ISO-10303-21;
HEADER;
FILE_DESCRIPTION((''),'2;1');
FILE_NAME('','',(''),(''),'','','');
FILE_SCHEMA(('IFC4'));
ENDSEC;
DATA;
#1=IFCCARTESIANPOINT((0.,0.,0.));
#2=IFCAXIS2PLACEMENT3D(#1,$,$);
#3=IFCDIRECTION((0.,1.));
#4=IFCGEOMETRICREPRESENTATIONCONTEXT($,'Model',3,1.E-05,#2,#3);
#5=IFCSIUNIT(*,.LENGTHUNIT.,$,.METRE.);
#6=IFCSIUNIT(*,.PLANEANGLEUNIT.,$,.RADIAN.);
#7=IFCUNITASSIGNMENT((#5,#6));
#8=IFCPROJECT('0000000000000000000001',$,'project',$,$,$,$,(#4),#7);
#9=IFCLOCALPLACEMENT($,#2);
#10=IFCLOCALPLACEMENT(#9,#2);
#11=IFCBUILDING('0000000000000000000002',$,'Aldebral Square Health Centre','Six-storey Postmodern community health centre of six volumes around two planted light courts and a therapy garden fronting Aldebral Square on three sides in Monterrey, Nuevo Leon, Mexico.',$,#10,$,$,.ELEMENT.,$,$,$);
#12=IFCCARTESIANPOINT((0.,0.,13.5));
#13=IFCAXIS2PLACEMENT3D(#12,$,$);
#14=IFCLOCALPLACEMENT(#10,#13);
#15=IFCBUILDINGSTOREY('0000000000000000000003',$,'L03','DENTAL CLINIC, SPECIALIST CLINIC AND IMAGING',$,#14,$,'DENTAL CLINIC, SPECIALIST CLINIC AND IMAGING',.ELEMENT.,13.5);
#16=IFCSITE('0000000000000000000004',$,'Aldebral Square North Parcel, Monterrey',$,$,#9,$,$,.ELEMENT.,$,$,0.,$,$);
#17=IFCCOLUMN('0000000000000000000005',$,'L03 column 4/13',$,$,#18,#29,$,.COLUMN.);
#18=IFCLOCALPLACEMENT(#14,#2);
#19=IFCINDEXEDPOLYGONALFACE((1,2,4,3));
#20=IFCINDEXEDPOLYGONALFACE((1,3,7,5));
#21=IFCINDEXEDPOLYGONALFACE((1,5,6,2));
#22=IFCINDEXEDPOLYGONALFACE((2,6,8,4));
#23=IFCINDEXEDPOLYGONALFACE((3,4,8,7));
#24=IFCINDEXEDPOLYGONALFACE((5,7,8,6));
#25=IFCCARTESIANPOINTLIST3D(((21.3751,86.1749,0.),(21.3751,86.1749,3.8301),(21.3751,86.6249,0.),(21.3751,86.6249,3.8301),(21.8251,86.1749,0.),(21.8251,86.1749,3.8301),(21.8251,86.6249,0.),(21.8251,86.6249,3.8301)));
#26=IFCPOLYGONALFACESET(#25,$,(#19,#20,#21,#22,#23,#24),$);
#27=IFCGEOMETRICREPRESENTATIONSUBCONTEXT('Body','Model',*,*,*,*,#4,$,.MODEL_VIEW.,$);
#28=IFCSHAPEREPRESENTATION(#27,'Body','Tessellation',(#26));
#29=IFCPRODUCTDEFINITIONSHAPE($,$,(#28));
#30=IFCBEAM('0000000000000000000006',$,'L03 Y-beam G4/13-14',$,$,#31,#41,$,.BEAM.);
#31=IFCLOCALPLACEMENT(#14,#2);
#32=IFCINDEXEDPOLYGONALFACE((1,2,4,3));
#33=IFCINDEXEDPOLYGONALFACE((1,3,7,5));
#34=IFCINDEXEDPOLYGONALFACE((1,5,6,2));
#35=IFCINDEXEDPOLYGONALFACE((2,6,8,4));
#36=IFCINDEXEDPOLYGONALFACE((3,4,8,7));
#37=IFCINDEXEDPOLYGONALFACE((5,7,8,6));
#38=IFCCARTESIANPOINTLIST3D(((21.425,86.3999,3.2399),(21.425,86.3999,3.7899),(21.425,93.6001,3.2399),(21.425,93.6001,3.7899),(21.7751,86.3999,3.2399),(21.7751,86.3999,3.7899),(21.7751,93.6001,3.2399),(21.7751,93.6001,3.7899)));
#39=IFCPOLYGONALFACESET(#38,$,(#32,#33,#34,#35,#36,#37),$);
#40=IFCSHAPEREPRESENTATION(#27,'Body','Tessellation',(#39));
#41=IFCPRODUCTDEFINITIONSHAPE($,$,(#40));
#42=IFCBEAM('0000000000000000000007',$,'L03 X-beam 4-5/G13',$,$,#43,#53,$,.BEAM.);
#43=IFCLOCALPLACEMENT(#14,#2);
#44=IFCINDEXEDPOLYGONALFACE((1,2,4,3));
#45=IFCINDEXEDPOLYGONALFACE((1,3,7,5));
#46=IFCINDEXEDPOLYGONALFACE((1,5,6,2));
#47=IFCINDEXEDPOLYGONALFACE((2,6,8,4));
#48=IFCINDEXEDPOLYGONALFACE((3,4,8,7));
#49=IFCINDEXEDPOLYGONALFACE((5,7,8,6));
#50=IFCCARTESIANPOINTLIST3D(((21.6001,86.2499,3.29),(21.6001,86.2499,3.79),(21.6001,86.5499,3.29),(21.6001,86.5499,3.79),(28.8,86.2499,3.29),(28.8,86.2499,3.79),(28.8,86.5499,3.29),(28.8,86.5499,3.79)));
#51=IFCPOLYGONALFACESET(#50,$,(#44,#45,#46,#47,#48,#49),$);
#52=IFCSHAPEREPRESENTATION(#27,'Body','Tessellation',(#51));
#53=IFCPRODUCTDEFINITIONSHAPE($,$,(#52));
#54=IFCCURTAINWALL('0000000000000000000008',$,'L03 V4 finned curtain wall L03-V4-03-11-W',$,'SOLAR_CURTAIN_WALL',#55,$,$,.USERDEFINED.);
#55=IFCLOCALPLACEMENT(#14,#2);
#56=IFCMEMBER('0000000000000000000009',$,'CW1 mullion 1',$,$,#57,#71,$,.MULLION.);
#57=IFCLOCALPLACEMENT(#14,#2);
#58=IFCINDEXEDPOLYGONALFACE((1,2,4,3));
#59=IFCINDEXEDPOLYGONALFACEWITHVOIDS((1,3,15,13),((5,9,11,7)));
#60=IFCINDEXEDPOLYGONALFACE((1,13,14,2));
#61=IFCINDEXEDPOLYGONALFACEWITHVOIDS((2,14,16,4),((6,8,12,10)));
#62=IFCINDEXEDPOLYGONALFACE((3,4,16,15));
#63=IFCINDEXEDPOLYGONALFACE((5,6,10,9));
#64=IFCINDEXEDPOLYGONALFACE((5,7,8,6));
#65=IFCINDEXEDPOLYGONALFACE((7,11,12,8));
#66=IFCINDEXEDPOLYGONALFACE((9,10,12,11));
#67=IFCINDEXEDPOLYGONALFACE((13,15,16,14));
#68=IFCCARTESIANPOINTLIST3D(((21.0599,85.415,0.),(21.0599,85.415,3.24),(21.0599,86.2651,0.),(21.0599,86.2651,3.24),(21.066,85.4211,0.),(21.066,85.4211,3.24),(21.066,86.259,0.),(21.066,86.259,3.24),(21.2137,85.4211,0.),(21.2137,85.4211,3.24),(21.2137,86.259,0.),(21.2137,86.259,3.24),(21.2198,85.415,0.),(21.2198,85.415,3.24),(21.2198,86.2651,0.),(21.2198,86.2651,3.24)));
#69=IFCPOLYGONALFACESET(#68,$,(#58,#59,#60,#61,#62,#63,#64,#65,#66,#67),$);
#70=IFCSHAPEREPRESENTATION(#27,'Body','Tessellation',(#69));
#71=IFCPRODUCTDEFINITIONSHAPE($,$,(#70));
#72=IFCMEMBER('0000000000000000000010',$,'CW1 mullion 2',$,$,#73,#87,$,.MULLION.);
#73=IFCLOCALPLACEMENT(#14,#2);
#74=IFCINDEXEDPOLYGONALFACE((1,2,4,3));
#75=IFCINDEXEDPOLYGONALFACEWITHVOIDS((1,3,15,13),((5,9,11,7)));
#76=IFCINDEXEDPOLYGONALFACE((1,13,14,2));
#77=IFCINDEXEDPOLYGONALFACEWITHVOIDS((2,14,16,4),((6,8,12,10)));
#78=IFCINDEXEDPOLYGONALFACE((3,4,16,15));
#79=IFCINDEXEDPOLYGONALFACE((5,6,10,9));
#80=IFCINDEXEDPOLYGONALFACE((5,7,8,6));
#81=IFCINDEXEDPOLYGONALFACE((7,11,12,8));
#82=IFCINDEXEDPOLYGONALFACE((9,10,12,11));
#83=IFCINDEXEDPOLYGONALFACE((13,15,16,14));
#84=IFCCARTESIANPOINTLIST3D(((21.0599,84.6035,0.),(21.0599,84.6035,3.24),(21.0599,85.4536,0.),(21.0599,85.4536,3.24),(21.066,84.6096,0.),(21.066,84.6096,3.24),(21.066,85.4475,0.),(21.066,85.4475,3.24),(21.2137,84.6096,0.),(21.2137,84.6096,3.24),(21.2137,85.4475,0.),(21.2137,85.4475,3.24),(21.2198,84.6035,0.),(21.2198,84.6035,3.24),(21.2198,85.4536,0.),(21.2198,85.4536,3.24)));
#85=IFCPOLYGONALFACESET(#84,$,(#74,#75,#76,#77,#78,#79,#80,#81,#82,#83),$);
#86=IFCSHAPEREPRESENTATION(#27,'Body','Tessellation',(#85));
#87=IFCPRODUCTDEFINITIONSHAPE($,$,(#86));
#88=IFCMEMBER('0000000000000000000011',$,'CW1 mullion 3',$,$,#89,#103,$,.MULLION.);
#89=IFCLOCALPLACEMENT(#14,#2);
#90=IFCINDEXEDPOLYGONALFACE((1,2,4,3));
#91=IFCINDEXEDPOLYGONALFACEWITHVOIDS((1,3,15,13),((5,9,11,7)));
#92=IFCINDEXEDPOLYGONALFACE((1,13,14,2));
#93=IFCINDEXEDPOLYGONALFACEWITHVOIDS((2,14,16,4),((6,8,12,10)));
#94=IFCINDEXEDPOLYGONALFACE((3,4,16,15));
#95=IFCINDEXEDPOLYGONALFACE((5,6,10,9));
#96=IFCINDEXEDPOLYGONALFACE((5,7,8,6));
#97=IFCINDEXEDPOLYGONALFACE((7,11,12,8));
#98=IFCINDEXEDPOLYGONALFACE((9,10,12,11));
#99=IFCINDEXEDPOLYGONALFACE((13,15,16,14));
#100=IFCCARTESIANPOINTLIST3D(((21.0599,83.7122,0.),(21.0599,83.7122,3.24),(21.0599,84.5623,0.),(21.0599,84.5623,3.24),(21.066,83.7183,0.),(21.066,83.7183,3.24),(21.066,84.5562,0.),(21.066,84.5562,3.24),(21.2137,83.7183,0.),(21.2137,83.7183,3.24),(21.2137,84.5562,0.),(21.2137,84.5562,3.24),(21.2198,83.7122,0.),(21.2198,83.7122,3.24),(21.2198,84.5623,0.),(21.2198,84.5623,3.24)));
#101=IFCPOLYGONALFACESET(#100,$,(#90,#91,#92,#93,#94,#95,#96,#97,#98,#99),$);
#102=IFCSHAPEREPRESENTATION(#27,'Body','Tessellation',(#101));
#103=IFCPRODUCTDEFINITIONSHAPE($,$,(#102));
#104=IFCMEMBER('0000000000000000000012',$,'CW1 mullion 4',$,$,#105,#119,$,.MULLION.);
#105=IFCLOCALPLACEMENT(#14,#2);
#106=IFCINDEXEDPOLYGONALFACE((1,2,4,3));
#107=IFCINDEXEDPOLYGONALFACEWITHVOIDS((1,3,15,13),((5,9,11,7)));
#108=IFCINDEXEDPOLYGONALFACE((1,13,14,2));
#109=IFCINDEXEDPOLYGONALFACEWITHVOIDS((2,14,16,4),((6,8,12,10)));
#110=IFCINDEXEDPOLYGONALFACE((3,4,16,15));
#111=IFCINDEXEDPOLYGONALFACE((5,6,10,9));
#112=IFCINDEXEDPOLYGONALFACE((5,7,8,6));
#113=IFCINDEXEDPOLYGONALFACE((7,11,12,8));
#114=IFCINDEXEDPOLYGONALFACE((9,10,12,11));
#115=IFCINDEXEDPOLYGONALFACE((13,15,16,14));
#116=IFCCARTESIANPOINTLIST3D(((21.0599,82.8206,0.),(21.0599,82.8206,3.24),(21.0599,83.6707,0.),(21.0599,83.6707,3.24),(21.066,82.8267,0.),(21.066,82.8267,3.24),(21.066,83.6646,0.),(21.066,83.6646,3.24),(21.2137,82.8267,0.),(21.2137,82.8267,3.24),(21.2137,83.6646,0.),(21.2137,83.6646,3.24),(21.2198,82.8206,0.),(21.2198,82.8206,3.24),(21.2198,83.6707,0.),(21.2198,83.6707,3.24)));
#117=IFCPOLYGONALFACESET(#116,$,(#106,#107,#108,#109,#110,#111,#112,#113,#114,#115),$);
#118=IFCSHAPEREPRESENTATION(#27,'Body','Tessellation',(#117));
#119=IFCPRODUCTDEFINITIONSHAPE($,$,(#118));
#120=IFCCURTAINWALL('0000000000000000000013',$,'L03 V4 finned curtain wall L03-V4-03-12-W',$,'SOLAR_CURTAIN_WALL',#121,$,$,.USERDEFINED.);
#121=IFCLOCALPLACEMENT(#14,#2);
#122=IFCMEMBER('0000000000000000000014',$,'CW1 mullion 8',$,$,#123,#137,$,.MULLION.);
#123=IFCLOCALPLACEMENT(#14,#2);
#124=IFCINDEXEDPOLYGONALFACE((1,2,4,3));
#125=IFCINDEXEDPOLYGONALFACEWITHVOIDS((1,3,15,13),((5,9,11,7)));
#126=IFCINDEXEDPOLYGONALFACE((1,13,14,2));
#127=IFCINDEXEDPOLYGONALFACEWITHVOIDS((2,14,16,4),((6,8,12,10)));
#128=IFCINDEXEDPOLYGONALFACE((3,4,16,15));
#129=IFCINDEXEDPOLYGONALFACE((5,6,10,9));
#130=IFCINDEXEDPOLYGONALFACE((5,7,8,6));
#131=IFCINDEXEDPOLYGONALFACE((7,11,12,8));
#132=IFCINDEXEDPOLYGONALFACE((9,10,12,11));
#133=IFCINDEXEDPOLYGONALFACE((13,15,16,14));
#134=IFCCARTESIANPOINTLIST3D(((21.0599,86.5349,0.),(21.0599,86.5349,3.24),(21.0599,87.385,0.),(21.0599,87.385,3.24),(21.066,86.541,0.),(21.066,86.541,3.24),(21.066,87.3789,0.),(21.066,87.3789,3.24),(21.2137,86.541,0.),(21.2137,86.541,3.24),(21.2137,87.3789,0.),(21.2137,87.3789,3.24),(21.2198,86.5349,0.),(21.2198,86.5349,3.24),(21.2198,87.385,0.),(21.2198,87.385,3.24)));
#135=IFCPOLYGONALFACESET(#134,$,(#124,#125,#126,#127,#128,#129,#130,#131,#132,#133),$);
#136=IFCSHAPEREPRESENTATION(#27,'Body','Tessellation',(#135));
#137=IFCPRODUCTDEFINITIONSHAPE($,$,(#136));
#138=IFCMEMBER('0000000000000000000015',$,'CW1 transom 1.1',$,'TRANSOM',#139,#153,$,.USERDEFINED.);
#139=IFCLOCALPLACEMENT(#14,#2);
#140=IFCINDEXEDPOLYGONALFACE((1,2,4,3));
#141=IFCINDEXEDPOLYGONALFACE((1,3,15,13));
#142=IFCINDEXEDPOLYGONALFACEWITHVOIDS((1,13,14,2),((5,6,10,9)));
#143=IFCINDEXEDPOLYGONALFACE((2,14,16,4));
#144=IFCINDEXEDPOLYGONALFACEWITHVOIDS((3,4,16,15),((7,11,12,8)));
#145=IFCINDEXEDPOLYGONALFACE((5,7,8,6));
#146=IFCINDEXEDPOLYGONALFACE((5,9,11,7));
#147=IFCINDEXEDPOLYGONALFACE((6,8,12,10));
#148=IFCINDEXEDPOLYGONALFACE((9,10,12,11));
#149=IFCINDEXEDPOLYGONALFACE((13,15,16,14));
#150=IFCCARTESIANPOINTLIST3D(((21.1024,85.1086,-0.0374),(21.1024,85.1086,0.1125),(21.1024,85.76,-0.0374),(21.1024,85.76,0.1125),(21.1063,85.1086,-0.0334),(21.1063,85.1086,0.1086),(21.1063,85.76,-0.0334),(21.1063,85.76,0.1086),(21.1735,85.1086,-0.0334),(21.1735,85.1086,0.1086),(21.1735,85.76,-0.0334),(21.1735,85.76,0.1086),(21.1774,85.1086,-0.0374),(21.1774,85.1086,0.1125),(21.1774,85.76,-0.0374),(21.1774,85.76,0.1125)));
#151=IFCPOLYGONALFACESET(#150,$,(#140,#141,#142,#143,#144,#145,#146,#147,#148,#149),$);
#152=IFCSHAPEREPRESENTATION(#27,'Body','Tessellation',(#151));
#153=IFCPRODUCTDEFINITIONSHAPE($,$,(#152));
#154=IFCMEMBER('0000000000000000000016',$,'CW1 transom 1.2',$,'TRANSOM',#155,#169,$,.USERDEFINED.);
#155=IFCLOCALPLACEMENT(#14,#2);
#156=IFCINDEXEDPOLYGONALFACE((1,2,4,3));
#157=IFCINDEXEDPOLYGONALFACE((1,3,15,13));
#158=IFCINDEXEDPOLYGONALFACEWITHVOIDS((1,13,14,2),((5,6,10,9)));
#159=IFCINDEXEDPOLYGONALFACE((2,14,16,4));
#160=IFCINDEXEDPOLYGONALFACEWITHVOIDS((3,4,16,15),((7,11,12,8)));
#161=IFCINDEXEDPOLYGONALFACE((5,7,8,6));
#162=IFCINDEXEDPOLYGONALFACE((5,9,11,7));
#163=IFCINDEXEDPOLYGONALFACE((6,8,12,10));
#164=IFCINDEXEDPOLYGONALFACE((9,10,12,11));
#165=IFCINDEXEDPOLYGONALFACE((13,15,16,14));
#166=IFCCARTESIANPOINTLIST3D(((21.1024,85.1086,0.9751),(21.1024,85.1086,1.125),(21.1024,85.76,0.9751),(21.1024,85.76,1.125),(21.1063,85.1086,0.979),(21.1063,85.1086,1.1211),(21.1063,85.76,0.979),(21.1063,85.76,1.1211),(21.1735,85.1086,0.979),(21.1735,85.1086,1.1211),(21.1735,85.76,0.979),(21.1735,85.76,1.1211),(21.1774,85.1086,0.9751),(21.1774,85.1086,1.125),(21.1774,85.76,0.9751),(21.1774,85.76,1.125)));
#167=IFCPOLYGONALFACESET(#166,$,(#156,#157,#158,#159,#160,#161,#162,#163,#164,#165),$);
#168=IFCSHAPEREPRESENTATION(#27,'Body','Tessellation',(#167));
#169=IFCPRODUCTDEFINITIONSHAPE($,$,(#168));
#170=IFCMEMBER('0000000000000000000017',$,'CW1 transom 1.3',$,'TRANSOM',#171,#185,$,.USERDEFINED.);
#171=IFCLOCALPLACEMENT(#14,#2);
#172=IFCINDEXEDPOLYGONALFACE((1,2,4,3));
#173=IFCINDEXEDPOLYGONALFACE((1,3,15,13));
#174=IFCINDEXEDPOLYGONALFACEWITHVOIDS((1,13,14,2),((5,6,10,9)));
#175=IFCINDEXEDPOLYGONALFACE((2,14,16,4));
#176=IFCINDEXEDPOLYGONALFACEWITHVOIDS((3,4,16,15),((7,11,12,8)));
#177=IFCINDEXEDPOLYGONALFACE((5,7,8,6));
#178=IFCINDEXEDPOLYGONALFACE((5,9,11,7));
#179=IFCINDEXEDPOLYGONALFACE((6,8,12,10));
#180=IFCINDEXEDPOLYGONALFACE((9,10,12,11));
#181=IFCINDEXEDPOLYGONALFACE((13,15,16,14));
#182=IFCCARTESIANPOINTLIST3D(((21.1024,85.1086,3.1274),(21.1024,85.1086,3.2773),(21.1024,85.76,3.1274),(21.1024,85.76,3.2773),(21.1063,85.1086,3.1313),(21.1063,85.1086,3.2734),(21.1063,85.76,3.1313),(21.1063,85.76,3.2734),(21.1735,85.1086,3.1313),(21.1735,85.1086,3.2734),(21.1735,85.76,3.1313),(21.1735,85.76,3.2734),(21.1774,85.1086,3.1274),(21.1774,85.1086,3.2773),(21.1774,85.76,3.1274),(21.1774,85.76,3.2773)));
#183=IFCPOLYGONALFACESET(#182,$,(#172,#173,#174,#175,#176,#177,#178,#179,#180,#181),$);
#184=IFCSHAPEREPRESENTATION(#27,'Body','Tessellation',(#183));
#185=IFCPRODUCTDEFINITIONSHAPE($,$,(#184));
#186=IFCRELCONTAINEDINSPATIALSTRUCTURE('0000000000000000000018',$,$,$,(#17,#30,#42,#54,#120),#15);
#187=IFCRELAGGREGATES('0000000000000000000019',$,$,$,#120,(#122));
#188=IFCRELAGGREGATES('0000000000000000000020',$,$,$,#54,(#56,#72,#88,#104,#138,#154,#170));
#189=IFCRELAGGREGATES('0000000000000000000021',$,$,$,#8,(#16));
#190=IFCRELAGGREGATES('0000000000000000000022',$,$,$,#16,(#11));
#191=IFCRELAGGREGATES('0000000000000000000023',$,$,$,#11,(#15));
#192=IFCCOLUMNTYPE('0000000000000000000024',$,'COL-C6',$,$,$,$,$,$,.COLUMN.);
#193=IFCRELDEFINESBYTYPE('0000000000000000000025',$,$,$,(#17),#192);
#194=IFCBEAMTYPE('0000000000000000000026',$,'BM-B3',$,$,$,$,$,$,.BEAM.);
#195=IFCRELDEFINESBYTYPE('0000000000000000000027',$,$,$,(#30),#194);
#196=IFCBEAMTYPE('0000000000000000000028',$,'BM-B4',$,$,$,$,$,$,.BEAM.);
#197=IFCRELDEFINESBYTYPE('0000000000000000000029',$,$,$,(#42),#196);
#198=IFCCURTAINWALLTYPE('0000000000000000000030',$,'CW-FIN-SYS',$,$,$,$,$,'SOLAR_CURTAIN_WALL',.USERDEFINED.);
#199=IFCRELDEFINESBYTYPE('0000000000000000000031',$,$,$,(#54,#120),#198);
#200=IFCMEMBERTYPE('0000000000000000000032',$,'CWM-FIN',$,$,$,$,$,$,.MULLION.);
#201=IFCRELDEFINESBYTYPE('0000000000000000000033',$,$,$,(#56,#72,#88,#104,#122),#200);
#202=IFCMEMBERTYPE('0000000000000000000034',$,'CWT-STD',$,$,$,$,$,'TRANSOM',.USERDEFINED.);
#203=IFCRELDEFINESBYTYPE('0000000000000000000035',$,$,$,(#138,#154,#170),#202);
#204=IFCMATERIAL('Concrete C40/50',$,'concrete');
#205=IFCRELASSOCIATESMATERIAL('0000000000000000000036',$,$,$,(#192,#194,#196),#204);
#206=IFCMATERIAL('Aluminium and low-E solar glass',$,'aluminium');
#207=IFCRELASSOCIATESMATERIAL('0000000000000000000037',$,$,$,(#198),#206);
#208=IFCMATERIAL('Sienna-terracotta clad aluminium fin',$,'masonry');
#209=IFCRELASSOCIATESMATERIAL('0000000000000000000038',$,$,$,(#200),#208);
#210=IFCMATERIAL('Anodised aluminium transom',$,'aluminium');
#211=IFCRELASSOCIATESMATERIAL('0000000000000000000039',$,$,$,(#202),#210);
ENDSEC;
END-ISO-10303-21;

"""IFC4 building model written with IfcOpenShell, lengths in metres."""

from ifc_helpers import new_model, si_unit, direction, frame, origin, origin_2d, place, context, subcontext, project, spatial, rectangle, hollow_rectangle, extrude, material, material_profile, profile_set, type_object, element, aggregate, save


model = new_model("IFC4")

# Units and contexts
model_context = context("Model", 3, precision=1e-05, world=origin(), true_north=direction((0.0, 1.0)))
body_context = subcontext(model_context, "Body", "Model", "MODEL_VIEW")
ifc_project = project(units=[si_unit("LENGTHUNIT", "METRE"), si_unit("PLANEANGLEUNIT", "RADIAN")], contexts=[model_context])

# Site, building, storey
site_placement = place(None, origin())
site = spatial("IfcSite", under=ifc_project, at=site_placement, Name="Aldebral Square North Parcel, Monterrey", CompositionType="ELEMENT", RefElevation=0.0)
building_placement = place(site_placement, origin())
building = spatial("IfcBuilding", under=site, at=building_placement, Name="Aldebral Square Health Centre", Description="Six-storey Postmodern community health centre of six volumes around two planted light courts and a therapy garden fronting Aldebral Square on three sides in Monterrey, Nuevo Leon, Mexico.", CompositionType="ELEMENT")
storey_placement = place(building_placement, frame((0.0, 0.0, 13.5)))
storey = spatial("IfcBuildingStorey", under=building, at=storey_placement, Name="L03", Description="DENTAL CLINIC, SPECIALIST CLINIC AND IMAGING", LongName="DENTAL CLINIC, SPECIALIST CLINIC AND IMAGING", CompositionType="ELEMENT", Elevation=13.5)

# Column
ifc_material_1 = material(Name="Concrete C40/50", Category="concrete")
ifc_material_profile_1 = material_profile(ifc_material_1, rectangle(XDim=0.45, YDim=0.45, at=origin_2d()), Name="RC 450x450")
ifc_profile_set_1 = profile_set([ifc_material_profile_1], Name="Concrete C40/50")
column_type = type_object("IfcColumnType", Name="COL-C6", PredefinedType="COLUMN", material=ifc_profile_set_1)
column_placement = place(storey_placement, frame((21.6001, 86.3999, 0.0), z_axis=(0.0, 0.0, 1.0), x_axis=(1.0, 0.0, 0.0)))
element("IfcColumn", 1, at=column_placement, inside=storey, type_object=column_type, Name="L03 column 4/13", PredefinedType="COLUMN", context=body_context, shape_type="SweptSolid", body=[
    extrude(rectangle(XDim=0.45, YDim=0.45, at=origin_2d()), origin(), (0.0, 0.0, 1.0), 3.8301),
])

# Beams
ifc_material_profile_2 = material_profile(ifc_material_1, rectangle(XDim=0.3501, YDim=0.55, at=origin_2d()), Name="RC 350x550")
ifc_profile_set_2 = profile_set([ifc_material_profile_2], Name="Concrete C40/50")
beam_type_1 = type_object("IfcBeamType", Name="BM-B3", PredefinedType="BEAM", material=ifc_profile_set_2)
beam_1_placement = place(storey_placement, frame((21.6001, 86.3999, 3.5149), z_axis=(0.0, 1.0, 0.0), x_axis=(-1.0, 0.0, 0.0)))
element("IfcBeam", 2, at=beam_1_placement, inside=storey, type_object=beam_type_1, Name="L03 Y-beam G4/13-14", PredefinedType="BEAM", context=body_context, shape_type="SweptSolid", body=[
    extrude(rectangle(XDim=0.3501, YDim=0.55, at=origin_2d()), origin(), (0.0, 0.0, 1.0), 7.2002),
])
ifc_material_profile_3 = material_profile(ifc_material_1, rectangle(XDim=0.3, YDim=0.5, at=origin_2d()), Name="RC 300x500")
ifc_profile_set_3 = profile_set([ifc_material_profile_3], Name="Concrete C40/50")
beam_type_2 = type_object("IfcBeamType", Name="BM-B4", PredefinedType="BEAM", material=ifc_profile_set_3)
beam_2_placement = place(storey_placement, frame((21.6001, 86.3999, 3.54), z_axis=(1.0, 0.0, 0.0), x_axis=(0.0, 1.0, 0.0)))
element("IfcBeam", 3, at=beam_2_placement, inside=storey, type_object=beam_type_2, Name="L03 X-beam 4-5/G13", PredefinedType="BEAM", context=body_context, shape_type="SweptSolid", body=[
    extrude(rectangle(XDim=0.3, YDim=0.5, at=origin_2d()), origin(), (0.0, 0.0, 1.0), 7.2),
])

# Curtain wall, members
ifc_material_2 = material(Name="Aluminium and low-E solar glass", Category="aluminium")
curtain_wall_type = type_object("IfcCurtainWallType", Name="CW-FIN-SYS", ElementType="SOLAR_CURTAIN_WALL", PredefinedType="USERDEFINED", material=ifc_material_2)
curtain_wall_1_placement = place(storey_placement, origin())
curtain_wall_1 = element("IfcCurtainWall", 4, at=curtain_wall_1_placement, inside=storey, type_object=curtain_wall_type, Name="L03 V4 finned curtain wall L03-V4-03-11-W", ObjectType="SOLAR_CURTAIN_WALL", PredefinedType="USERDEFINED")
ifc_material_3 = material(Name="Sienna-terracotta clad aluminium fin", Category="masonry")
ifc_material_profile_4 = material_profile(ifc_material_3, hollow_rectangle(XDim=0.1599, YDim=0.8501, WallThickness=0.0061, at=origin_2d()), Name="FIN 160x850x6")
ifc_profile_set_4 = profile_set([ifc_material_profile_4], Name="Sienna-terracotta clad aluminium fin")
member_type_1 = type_object("IfcMemberType", Name="CWM-FIN", PredefinedType="MULLION", material=ifc_profile_set_4)
member_1_placement = place(storey_placement, frame((21.1399, 85.8401, 0.0), z_axis=(0.0, 0.0, 1.0), x_axis=(1.0, 0.0, 0.0)))
member_1 = element("IfcMember", 5, at=member_1_placement, type_object=member_type_1, Name="CW1 mullion 1", PredefinedType="MULLION", context=body_context, shape_type="SweptSolid", body=[
    extrude(hollow_rectangle(XDim=0.1599, YDim=0.8501, WallThickness=0.0061, at=origin_2d()), origin(), (0.0, 0.0, 1.0), 3.24),
])
member_2_placement = place(storey_placement, frame((21.1399, 85.0286, 0.0), z_axis=(0.0, 0.0, 1.0), x_axis=(1.0, 0.0, 0.0)))
member_2 = element("IfcMember", 6, at=member_2_placement, type_object=member_type_1, Name="CW1 mullion 2", PredefinedType="MULLION", context=body_context, shape_type="SweptSolid", body=[
    extrude(hollow_rectangle(XDim=0.1599, YDim=0.8501, WallThickness=0.0061, at=origin_2d()), origin(), (0.0, 0.0, 1.0), 3.24),
])
member_3_placement = place(storey_placement, frame((21.1399, 84.1372, 0.0), z_axis=(0.0, 0.0, 1.0), x_axis=(1.0, 0.0, 0.0)))
member_3 = element("IfcMember", 7, at=member_3_placement, type_object=member_type_1, Name="CW1 mullion 3", PredefinedType="MULLION", context=body_context, shape_type="SweptSolid", body=[
    extrude(hollow_rectangle(XDim=0.1599, YDim=0.8501, WallThickness=0.0061, at=origin_2d()), origin(), (0.0, 0.0, 1.0), 3.24),
])
member_4_placement = place(storey_placement, frame((21.1399, 83.2456, 0.0), z_axis=(0.0, 0.0, 1.0), x_axis=(1.0, 0.0, 0.0)))
member_4 = element("IfcMember", 8, at=member_4_placement, type_object=member_type_1, Name="CW1 mullion 4", PredefinedType="MULLION", context=body_context, shape_type="SweptSolid", body=[
    extrude(hollow_rectangle(XDim=0.1599, YDim=0.8501, WallThickness=0.0061, at=origin_2d()), origin(), (0.0, 0.0, 1.0), 3.24),
])

# Curtain wall, member
curtain_wall_2_placement = place(storey_placement, origin())
curtain_wall_2 = element("IfcCurtainWall", 9, at=curtain_wall_2_placement, inside=storey, type_object=curtain_wall_type, Name="L03 V4 finned curtain wall L03-V4-03-12-W", ObjectType="SOLAR_CURTAIN_WALL", PredefinedType="USERDEFINED")
member_5_placement = place(storey_placement, frame((21.1399, 86.96, 0.0), z_axis=(0.0, 0.0, 1.0), x_axis=(1.0, 0.0, 0.0)))
member_5 = element("IfcMember", 10, at=member_5_placement, type_object=member_type_1, Name="CW1 mullion 8", PredefinedType="MULLION", context=body_context, shape_type="SweptSolid", body=[
    extrude(hollow_rectangle(XDim=0.1599, YDim=0.8501, WallThickness=0.0061, at=origin_2d()), origin(), (0.0, 0.0, 1.0), 3.24),
])
aggregate(curtain_wall_2, [member_5])

# Members
ifc_material_4 = material(Name="Anodised aluminium transom", Category="aluminium")
ifc_material_profile_5 = material_profile(ifc_material_4, hollow_rectangle(XDim=0.075, YDim=0.1499, WallThickness=0.0039, at=origin_2d()), Name="CWT 75x150x4")
ifc_profile_set_5 = profile_set([ifc_material_profile_5], Name="Anodised aluminium transom")
member_type_2 = type_object("IfcMemberType", Name="CWT-STD", ElementType="TRANSOM", PredefinedType="USERDEFINED", material=ifc_profile_set_5)
member_6_placement = place(storey_placement, frame((21.1399, 85.76, 0.0376), z_axis=(0.0, -1.0, 0.0), x_axis=(1.0, 0.0, 0.0)))
member_6 = element("IfcMember", 11, at=member_6_placement, type_object=member_type_2, Name="CW1 transom 1.1", ObjectType="TRANSOM", PredefinedType="USERDEFINED", context=body_context, shape_type="SweptSolid", body=[
    extrude(hollow_rectangle(XDim=0.075, YDim=0.1499, WallThickness=0.0039, at=origin_2d()), origin(), (0.0, 0.0, 1.0), 0.6514),
])
member_7_placement = place(storey_placement, frame((21.1399, 85.76, 1.05), z_axis=(0.0, -1.0, 0.0), x_axis=(1.0, 0.0, 0.0)))
member_7 = element("IfcMember", 12, at=member_7_placement, type_object=member_type_2, Name="CW1 transom 1.2", ObjectType="TRANSOM", PredefinedType="USERDEFINED", context=body_context, shape_type="SweptSolid", body=[
    extrude(hollow_rectangle(XDim=0.075, YDim=0.1499, WallThickness=0.0039, at=origin_2d()), origin(), (0.0, 0.0, 1.0), 0.6514),
])
member_8_placement = place(storey_placement, frame((21.1399, 85.76, 3.2024), z_axis=(0.0, -1.0, 0.0), x_axis=(1.0, 0.0, 0.0)))
member_8 = element("IfcMember", 13, at=member_8_placement, type_object=member_type_2, Name="CW1 transom 1.3", ObjectType="TRANSOM", PredefinedType="USERDEFINED", context=body_context, shape_type="SweptSolid", body=[
    extrude(hollow_rectangle(XDim=0.075, YDim=0.1499, WallThickness=0.0039, at=origin_2d()), origin(), (0.0, 0.0, 1.0), 0.6514),
])

aggregate(curtain_wall_1, [member_1, member_2, member_3, member_4, member_6, member_7, member_8])

save(model, "model.ifc")
